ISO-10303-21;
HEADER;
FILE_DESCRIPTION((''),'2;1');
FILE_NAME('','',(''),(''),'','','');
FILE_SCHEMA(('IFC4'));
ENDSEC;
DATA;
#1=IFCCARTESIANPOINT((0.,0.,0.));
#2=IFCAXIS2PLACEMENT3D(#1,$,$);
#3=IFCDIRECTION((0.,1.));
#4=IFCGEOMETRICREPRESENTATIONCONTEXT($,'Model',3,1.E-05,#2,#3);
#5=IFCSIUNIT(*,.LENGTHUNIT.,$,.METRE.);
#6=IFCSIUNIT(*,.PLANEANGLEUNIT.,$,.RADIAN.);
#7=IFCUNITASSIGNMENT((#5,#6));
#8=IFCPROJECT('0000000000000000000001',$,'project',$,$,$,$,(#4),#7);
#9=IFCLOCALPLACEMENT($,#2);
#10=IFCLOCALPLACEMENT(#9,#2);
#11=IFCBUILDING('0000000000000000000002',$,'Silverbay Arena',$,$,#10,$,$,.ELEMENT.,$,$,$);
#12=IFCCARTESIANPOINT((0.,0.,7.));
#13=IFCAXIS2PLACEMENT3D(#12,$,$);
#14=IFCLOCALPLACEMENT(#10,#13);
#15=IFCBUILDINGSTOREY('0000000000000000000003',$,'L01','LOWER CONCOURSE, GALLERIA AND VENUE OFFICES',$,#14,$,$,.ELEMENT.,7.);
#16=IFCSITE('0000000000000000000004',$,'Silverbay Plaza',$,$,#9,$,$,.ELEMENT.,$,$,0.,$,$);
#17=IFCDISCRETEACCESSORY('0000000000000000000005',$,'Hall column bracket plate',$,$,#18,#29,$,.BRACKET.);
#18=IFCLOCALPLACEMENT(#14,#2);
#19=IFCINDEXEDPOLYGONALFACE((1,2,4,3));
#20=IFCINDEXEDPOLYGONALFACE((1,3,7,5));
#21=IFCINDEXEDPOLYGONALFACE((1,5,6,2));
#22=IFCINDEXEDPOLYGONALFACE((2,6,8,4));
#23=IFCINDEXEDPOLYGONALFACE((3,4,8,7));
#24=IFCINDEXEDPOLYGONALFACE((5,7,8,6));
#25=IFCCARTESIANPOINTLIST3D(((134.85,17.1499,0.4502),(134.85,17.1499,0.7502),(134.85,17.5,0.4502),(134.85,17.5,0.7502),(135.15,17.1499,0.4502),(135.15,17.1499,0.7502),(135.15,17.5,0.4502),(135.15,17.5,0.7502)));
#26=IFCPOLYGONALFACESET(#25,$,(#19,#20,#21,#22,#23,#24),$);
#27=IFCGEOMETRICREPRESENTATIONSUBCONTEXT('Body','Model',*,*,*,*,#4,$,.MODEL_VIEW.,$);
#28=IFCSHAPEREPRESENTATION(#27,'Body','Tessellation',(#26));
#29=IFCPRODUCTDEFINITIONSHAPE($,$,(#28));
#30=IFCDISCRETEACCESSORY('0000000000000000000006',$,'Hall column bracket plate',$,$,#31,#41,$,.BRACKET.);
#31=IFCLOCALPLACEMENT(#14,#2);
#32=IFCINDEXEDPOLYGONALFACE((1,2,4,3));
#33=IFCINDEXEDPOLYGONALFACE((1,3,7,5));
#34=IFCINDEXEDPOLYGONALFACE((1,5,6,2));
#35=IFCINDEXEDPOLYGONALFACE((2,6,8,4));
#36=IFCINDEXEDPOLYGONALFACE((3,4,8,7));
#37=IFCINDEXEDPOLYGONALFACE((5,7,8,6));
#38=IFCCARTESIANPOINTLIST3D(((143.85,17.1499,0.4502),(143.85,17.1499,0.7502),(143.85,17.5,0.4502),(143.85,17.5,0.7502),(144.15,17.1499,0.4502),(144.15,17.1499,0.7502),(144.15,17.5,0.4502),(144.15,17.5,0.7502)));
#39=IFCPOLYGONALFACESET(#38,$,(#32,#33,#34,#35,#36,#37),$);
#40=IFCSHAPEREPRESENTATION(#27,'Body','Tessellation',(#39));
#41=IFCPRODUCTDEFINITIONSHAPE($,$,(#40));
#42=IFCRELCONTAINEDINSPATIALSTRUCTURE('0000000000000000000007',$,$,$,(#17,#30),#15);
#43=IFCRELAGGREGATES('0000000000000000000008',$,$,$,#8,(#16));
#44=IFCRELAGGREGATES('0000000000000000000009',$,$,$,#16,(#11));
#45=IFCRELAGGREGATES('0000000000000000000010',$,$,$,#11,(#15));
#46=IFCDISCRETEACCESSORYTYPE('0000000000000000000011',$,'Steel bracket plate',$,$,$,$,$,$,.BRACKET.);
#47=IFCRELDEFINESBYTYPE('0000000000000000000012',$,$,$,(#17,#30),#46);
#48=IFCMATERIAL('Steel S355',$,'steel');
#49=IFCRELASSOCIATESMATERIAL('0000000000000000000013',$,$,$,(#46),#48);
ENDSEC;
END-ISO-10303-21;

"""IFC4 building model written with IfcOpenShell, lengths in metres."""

from ifc_helpers import new_model, si_unit, direction, frame, origin, origin_2d, place, context, subcontext, project, spatial, rectangle, extrude, material, type_object, element, save


model = new_model("IFC4")

# Units and contexts
model_context = context("Model", 3, precision=1e-05, world=origin(), true_north=direction((0.0, 1.0)))
body_context = subcontext(model_context, "Body", "Model", "MODEL_VIEW")
ifc_project = project(units=[si_unit("LENGTHUNIT", "METRE"), si_unit("PLANEANGLEUNIT", "RADIAN")], contexts=[model_context])

# Site, building, storey
site_placement = place(None, origin())
site = spatial("IfcSite", under=ifc_project, at=site_placement, Name="Silverbay Plaza", CompositionType="ELEMENT", RefElevation=0.0)
building_placement = place(site_placement, origin())
building = spatial("IfcBuilding", under=site, at=building_placement, Name="Silverbay Arena", CompositionType="ELEMENT")
storey_placement = place(building_placement, frame((0.0, 0.0, 7.0)))
storey = spatial("IfcBuildingStorey", under=building, at=storey_placement, Name="L01", Description="LOWER CONCOURSE, GALLERIA AND VENUE OFFICES", CompositionType="ELEMENT", Elevation=7.0)

# Discrete accessories
ifc_material_1 = material(Name="Steel S355", Category="steel")
discrete_accessory_type = type_object("IfcDiscreteAccessoryType", Name="Steel bracket plate", PredefinedType="BRACKET", material=ifc_material_1)
for number, where, z_axis, x_axis, name in (
    (1, (135.0, 17.325, 0.4502), (0.0, 0.0, 1.0), (1.0, 0.0, 0.0), "Hall column bracket plate"),
    (2, (144.0, 17.325, 0.4502), (0.0, 0.0, 1.0), (1.0, 0.0, 0.0), "Hall column bracket plate"),
):
    element("IfcDiscreteAccessory", number, at=place(storey_placement, frame(where, z_axis=z_axis, x_axis=x_axis)), inside=storey, type_object=discrete_accessory_type, Name=name, PredefinedType="BRACKET", context=body_context, shape_type="SweptSolid", body=[
        extrude(rectangle(XDim=0.3, YDim=0.3501, at=origin_2d()), origin(), (0.0, 0.0, 1.0), 0.3),
    ])

save(model, "model.ifc")
